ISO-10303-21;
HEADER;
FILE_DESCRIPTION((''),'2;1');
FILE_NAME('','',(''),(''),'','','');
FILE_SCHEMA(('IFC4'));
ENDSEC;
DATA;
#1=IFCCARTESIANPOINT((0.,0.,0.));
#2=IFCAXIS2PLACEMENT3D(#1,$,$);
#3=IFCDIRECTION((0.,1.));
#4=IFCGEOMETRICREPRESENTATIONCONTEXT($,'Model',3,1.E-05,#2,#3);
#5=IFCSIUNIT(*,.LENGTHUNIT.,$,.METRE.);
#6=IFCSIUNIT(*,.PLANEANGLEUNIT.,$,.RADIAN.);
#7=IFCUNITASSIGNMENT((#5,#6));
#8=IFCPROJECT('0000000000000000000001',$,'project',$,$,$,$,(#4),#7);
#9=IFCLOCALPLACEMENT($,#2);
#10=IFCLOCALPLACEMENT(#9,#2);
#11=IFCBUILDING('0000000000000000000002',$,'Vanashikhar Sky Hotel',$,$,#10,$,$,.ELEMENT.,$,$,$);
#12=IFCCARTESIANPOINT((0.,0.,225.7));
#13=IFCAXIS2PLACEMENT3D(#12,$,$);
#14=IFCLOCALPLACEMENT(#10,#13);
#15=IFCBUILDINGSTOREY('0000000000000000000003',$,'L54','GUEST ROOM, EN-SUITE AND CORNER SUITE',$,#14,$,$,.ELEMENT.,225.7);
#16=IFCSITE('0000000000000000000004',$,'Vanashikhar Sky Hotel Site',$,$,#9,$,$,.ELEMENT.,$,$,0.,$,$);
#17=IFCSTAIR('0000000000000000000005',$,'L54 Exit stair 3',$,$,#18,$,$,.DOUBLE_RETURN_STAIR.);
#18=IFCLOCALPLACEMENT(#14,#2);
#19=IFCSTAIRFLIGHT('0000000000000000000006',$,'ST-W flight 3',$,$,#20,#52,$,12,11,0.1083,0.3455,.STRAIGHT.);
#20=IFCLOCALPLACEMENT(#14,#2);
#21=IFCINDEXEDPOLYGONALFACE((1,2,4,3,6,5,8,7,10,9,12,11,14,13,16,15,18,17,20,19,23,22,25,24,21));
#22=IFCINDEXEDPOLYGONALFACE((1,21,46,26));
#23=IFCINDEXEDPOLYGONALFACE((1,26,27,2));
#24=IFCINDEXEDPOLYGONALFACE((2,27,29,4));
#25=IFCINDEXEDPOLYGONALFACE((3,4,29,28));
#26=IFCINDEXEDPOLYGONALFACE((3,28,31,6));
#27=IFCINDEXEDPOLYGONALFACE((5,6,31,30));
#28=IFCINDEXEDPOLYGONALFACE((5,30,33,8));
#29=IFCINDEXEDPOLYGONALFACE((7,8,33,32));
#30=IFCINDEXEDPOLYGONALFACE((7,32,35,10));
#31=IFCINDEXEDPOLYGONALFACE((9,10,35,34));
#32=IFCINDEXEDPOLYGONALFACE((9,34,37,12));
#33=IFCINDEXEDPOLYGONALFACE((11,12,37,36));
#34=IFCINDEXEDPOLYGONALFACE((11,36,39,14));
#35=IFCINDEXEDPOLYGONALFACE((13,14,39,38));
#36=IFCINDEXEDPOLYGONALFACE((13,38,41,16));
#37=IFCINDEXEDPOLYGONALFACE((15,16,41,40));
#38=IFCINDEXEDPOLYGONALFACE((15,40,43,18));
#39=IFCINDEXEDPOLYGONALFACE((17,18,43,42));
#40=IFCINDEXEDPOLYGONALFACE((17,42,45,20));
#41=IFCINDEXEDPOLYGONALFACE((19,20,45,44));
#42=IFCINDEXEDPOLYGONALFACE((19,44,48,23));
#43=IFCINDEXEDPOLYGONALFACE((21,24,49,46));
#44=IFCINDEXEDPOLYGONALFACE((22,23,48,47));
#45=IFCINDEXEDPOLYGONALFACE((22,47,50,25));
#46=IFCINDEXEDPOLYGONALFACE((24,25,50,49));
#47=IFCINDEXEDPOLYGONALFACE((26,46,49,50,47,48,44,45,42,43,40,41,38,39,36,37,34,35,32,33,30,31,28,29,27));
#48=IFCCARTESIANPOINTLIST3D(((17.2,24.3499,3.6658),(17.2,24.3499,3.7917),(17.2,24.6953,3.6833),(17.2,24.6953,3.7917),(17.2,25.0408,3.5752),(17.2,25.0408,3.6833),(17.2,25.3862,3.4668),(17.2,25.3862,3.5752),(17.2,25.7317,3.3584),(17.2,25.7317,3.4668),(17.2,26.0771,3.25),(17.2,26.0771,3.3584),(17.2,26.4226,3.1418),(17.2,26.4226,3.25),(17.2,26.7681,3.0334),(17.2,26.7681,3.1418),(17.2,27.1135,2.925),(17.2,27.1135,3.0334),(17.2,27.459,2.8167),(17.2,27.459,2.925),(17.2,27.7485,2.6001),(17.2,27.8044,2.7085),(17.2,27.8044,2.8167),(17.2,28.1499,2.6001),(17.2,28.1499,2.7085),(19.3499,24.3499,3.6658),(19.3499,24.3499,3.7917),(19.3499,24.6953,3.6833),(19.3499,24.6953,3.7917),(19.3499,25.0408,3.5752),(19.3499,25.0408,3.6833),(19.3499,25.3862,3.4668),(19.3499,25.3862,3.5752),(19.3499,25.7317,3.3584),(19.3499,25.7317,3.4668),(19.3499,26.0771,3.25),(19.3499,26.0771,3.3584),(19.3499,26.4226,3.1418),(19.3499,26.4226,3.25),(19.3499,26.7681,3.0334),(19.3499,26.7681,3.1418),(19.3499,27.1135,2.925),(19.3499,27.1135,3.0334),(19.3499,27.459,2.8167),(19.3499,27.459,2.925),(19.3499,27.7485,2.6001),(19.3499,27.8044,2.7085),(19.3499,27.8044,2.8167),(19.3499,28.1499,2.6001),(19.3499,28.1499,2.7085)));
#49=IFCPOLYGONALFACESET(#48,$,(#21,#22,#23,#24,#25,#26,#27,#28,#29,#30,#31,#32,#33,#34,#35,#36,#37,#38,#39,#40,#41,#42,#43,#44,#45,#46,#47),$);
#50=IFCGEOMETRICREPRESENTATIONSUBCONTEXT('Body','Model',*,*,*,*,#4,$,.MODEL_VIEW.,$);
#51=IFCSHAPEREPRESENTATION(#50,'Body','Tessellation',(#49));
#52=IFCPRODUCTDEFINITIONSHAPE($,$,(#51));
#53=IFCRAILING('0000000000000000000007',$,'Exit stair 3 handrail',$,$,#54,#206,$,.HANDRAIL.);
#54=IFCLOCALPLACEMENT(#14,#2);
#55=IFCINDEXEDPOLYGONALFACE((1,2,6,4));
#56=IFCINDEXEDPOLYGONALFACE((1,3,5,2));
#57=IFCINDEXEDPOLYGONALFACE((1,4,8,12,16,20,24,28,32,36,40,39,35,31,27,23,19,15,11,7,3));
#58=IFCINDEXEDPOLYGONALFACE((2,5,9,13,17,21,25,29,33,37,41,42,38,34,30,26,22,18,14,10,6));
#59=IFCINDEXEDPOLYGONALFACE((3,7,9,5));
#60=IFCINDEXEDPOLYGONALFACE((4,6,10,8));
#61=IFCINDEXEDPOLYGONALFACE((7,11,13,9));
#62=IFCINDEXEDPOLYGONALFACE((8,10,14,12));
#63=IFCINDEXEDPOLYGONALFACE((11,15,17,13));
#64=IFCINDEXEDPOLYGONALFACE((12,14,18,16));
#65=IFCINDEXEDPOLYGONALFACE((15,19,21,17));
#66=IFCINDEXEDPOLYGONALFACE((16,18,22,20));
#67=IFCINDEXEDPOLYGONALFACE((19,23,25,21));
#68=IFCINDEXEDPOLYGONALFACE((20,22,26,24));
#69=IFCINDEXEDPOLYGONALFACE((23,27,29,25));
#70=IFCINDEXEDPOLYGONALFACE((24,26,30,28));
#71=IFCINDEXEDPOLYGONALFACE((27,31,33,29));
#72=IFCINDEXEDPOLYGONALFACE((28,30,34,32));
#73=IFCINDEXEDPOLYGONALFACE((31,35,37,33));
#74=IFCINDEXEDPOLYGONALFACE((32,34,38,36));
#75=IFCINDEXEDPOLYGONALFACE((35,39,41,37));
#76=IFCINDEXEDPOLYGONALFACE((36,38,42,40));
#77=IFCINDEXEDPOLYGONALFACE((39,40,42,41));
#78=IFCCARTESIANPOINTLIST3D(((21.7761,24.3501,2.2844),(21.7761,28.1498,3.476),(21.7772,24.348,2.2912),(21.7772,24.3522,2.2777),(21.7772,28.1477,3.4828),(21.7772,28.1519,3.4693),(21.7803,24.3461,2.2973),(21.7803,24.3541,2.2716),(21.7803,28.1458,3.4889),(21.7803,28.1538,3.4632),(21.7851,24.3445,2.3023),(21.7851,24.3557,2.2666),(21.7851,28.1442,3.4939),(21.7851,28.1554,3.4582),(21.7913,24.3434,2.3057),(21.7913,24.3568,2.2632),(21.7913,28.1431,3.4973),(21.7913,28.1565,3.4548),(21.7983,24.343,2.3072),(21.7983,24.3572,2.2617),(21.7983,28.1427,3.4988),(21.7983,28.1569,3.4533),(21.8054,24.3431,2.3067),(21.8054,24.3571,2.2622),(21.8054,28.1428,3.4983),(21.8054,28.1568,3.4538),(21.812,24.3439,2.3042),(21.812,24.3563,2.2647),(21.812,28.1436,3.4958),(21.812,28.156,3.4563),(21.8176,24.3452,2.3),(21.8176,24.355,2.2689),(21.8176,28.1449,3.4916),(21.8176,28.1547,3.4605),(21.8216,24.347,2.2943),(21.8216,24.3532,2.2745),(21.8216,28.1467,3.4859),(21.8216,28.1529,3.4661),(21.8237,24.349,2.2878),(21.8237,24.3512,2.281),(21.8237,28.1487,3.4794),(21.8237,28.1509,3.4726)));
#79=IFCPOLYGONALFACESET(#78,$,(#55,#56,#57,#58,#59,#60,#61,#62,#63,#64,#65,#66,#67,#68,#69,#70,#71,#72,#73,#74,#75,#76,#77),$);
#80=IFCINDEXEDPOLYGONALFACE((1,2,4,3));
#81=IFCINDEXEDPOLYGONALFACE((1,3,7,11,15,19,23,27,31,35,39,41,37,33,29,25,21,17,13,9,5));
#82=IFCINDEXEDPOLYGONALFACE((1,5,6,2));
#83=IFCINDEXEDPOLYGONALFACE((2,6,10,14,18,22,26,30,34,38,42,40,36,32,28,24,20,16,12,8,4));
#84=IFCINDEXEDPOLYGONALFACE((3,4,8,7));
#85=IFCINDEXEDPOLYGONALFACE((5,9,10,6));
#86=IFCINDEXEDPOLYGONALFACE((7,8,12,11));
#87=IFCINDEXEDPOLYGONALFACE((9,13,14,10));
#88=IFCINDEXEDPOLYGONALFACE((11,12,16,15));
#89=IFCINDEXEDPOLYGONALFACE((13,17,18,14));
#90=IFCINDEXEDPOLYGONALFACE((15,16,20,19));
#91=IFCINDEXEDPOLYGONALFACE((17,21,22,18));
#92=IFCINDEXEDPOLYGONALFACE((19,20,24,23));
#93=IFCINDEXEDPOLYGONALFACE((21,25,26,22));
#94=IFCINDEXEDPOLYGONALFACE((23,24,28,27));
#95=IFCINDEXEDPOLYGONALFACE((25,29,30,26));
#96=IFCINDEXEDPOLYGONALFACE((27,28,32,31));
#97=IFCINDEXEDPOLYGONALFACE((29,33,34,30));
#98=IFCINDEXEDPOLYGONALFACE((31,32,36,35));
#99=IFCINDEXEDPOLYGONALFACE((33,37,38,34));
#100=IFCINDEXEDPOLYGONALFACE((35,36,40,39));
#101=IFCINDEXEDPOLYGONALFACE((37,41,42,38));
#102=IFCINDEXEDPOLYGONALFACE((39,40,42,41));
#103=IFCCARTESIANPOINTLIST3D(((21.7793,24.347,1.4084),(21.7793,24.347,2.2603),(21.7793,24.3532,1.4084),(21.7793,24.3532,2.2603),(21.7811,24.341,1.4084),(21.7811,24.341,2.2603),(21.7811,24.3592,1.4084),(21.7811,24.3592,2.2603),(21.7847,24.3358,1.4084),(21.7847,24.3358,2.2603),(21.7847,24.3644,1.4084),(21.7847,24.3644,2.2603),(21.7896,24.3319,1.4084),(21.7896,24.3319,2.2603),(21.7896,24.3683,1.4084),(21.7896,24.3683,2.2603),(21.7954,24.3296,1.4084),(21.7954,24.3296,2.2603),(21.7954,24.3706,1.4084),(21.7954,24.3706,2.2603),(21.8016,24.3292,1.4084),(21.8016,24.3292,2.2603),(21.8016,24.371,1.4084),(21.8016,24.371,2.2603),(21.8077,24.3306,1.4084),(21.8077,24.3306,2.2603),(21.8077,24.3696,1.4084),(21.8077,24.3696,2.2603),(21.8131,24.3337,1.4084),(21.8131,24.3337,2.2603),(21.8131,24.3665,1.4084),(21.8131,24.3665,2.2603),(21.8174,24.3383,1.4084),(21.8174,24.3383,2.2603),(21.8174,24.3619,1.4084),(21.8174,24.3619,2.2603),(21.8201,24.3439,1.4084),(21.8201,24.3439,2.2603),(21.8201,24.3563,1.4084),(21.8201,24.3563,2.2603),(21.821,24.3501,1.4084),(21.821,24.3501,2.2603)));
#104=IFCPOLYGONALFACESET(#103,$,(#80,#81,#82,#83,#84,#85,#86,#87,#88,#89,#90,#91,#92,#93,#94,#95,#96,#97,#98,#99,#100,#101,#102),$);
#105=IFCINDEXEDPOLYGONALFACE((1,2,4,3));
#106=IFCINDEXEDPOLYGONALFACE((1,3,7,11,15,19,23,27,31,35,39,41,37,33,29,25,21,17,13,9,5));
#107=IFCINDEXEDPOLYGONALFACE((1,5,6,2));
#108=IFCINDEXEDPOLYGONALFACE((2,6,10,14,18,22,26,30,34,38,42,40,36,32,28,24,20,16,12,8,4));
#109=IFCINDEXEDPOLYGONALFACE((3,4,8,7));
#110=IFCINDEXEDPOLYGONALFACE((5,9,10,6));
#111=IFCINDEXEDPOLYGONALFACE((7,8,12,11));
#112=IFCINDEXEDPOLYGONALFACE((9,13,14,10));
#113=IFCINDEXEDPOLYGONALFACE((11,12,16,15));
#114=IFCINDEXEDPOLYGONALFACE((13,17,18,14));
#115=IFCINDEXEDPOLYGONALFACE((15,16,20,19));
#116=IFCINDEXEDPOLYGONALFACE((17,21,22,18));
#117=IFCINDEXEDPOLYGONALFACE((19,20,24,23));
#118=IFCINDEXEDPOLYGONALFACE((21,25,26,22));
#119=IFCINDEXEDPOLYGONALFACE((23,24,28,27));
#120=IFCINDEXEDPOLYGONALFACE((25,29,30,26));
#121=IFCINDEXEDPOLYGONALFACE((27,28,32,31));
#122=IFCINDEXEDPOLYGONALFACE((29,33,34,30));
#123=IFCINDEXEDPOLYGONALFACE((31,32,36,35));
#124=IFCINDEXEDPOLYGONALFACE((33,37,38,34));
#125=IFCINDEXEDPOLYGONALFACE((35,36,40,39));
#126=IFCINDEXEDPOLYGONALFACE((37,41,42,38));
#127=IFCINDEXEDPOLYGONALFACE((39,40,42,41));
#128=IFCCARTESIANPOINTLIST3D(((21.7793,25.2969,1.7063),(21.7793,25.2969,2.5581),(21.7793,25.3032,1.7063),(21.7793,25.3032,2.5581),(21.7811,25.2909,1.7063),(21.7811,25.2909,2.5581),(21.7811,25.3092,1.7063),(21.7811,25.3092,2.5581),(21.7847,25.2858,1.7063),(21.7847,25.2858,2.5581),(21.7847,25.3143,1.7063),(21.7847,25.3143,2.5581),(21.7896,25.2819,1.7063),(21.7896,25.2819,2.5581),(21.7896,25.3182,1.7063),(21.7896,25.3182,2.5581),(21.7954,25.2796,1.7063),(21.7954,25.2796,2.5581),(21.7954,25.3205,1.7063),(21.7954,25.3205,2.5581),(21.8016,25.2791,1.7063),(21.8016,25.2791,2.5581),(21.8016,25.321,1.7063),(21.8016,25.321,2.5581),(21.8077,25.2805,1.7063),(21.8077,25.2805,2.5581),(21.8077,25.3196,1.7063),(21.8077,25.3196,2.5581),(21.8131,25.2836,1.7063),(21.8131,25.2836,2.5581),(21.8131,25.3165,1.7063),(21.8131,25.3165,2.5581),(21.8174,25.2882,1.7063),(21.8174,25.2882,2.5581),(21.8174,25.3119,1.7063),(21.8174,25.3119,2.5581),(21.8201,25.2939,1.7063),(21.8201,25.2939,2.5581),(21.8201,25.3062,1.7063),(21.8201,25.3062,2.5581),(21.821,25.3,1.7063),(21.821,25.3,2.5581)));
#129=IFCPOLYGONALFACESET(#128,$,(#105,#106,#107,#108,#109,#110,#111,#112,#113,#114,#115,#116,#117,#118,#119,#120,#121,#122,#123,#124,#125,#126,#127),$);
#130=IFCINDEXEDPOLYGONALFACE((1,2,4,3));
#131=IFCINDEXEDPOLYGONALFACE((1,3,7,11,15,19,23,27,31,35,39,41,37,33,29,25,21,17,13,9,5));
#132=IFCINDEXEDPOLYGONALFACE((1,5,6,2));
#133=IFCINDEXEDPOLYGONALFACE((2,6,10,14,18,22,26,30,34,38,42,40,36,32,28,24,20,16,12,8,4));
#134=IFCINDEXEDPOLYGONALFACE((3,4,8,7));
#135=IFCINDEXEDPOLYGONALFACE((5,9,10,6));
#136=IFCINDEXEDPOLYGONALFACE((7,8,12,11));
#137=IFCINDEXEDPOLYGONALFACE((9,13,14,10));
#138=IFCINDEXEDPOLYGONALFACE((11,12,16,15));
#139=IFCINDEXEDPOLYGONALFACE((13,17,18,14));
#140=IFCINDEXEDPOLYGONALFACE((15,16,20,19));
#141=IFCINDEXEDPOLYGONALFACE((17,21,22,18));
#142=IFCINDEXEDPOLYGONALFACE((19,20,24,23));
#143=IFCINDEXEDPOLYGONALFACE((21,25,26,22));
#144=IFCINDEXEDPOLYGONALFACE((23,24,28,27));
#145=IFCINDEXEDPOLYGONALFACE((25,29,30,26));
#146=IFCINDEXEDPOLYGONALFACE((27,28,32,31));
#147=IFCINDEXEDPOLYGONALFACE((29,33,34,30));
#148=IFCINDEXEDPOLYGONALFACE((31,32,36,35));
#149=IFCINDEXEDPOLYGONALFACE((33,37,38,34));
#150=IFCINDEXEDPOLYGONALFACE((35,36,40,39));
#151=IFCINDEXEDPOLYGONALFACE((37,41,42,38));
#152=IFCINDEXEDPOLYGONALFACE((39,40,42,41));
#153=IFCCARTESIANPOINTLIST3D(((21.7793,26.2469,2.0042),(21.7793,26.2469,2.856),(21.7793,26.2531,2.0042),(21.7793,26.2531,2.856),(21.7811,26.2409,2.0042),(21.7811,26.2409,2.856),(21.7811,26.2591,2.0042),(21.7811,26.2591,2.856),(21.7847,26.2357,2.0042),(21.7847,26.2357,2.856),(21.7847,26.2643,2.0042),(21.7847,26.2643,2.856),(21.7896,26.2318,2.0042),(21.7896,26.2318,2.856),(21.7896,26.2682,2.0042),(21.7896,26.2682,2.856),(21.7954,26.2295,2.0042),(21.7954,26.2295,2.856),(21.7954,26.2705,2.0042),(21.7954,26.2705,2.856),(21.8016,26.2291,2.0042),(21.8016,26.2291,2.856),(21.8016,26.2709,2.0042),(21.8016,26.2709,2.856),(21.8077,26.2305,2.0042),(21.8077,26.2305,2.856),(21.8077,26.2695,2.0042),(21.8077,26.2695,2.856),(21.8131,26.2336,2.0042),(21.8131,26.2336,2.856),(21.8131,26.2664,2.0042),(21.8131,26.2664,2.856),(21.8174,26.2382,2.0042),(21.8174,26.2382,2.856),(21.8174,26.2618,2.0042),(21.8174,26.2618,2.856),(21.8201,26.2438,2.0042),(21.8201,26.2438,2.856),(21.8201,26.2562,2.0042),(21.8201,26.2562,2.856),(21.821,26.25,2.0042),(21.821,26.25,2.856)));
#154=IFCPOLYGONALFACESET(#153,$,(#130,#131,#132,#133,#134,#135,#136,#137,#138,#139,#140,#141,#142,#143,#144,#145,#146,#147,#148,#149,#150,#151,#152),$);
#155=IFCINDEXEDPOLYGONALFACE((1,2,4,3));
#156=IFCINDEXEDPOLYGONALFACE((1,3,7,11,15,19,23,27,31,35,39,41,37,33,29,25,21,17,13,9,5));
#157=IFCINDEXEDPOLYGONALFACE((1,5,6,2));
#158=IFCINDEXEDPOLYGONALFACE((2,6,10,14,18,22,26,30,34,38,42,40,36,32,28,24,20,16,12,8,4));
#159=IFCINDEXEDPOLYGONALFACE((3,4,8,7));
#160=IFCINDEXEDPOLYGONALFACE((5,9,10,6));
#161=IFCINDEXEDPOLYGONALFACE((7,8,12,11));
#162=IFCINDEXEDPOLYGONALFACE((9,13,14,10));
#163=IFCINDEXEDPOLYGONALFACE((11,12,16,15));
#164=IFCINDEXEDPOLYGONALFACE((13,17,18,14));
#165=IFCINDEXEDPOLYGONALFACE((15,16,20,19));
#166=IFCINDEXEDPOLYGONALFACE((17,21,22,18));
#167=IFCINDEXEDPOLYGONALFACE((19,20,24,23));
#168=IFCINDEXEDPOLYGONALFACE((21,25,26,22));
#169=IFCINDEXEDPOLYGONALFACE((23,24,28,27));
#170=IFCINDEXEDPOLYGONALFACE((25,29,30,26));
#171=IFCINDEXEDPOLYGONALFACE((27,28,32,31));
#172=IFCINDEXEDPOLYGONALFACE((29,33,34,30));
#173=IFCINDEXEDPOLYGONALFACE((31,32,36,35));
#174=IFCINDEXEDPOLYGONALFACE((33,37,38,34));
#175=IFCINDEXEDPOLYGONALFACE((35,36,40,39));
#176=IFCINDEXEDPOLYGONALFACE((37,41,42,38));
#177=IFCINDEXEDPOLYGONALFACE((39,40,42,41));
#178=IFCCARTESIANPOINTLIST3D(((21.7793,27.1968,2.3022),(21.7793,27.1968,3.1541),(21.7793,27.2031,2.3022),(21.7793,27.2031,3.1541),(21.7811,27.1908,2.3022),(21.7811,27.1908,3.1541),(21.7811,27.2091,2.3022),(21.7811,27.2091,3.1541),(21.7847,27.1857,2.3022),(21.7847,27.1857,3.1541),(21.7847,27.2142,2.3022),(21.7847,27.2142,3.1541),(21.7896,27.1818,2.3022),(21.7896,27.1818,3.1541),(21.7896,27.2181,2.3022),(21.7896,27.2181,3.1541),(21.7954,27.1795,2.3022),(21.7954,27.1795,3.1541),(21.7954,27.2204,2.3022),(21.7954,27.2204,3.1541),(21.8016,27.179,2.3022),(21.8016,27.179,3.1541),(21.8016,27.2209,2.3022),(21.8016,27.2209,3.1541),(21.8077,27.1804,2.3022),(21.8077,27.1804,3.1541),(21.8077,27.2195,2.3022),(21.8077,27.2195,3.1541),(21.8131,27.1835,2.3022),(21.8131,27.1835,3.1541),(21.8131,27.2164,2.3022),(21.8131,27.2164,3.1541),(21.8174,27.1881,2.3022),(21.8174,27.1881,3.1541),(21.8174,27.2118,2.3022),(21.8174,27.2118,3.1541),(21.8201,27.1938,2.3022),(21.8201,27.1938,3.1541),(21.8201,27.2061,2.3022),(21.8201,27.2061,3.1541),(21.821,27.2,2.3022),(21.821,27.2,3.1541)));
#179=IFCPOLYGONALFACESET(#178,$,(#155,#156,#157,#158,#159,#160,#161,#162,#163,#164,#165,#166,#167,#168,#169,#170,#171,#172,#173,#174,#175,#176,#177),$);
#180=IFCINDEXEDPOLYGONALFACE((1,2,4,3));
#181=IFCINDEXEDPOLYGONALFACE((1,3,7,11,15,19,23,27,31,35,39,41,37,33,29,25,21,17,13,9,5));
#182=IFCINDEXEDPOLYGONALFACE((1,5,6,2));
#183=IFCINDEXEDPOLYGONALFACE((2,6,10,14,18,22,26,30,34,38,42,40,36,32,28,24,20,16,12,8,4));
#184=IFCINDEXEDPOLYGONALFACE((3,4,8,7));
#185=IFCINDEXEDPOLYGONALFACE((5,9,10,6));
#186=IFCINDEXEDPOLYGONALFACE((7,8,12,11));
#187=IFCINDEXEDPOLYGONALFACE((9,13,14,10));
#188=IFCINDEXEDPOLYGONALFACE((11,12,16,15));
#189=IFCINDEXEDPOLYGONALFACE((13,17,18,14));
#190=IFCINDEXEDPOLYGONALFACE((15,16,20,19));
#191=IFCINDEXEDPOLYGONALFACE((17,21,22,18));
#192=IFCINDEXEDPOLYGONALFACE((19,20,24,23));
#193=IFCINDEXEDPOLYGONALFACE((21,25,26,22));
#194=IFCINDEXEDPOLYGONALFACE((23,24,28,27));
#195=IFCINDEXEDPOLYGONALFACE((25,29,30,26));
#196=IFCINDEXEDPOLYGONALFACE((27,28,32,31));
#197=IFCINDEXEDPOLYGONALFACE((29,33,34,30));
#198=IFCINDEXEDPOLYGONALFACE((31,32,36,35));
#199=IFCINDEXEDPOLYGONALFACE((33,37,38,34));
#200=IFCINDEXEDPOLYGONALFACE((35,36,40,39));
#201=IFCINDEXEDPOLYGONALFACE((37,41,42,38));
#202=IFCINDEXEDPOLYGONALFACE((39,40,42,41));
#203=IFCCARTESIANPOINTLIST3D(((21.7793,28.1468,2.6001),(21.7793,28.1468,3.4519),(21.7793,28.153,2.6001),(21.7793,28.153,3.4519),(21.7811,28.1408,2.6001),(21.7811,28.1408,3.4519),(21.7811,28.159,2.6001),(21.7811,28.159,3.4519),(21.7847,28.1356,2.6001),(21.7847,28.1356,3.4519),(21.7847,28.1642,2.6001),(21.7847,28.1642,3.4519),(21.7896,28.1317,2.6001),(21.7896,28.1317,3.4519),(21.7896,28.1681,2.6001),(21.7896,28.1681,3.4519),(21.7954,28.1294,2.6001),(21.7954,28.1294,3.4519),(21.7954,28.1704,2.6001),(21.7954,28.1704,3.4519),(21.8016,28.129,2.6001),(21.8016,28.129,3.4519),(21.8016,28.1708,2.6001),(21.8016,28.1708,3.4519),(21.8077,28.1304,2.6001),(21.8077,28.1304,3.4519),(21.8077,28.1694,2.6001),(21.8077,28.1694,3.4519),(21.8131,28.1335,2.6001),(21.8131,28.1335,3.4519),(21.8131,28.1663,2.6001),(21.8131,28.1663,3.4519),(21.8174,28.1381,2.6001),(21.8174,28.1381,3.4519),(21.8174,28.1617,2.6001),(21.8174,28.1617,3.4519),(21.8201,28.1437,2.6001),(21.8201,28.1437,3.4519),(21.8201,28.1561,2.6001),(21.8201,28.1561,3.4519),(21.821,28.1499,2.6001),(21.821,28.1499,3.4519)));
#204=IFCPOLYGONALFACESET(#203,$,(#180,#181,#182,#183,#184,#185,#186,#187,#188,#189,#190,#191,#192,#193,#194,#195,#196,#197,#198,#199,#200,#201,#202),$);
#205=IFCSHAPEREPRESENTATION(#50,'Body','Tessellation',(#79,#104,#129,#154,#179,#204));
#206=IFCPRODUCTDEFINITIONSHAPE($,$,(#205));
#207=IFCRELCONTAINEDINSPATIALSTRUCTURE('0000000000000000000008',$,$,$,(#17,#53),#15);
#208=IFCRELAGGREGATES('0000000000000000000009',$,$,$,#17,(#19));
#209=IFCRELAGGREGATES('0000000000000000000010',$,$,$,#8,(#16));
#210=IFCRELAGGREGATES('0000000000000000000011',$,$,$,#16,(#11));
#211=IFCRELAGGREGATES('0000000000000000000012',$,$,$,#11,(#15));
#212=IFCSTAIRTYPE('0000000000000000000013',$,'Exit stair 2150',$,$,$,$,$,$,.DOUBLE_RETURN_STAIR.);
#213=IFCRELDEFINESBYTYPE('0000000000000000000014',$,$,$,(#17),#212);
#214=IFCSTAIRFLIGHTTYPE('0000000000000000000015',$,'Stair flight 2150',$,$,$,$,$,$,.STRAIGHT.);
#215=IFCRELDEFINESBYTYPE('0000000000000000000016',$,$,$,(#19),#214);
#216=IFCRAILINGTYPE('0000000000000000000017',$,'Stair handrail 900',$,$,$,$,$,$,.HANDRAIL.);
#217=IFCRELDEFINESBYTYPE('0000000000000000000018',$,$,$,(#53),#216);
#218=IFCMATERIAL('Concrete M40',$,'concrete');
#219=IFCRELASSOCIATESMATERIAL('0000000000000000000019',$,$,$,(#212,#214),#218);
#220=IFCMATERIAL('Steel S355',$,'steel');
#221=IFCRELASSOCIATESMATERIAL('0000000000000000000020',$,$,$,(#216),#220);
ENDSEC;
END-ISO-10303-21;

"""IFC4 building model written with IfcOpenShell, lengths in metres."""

from ifc_helpers import new_model, si_unit, direction, frame, origin, origin_2d, place, context, subcontext, project, spatial, polyline, circle, outline, extrude, source, transform, mapped, material, type_object, element, aggregate, save


model = new_model("IFC4")

# Units and contexts
model_context = context("Model", 3, precision=1e-05, world=origin(), true_north=direction((0.0, 1.0)))
body_context = subcontext(model_context, "Body", "Model", "MODEL_VIEW")
ifc_project = project(units=[si_unit("LENGTHUNIT", "METRE"), si_unit("PLANEANGLEUNIT", "RADIAN")], contexts=[model_context])

# Site, building, storey
site_placement = place(None, origin())
site = spatial("IfcSite", under=ifc_project, at=site_placement, Name="Vanashikhar Sky Hotel Site", CompositionType="ELEMENT", RefElevation=0.0)
building_placement = place(site_placement, origin())
building = spatial("IfcBuilding", under=site, at=building_placement, Name="Vanashikhar Sky Hotel", CompositionType="ELEMENT")
storey_placement = place(building_placement, frame((0.0, 0.0, 225.7)))
storey = spatial("IfcBuildingStorey", under=building, at=storey_placement, Name="L54", Description="GUEST ROOM, EN-SUITE AND CORNER SUITE", CompositionType="ELEMENT", Elevation=225.7)

# Stair, stair flight
ifc_material_1 = material(Name="Concrete M40", Category="concrete")
stair_type = type_object("IfcStairType", Name="Exit stair 2150", PredefinedType="DOUBLE_RETURN_STAIR", material=ifc_material_1)
stair_placement = place(storey_placement, origin())
stair = element("IfcStair", 1, at=stair_placement, inside=storey, type_object=stair_type, Name="L54 Exit stair 3", PredefinedType="DOUBLE_RETURN_STAIR")
stair_flight_type = type_object("IfcStairFlightType", Name="Stair flight 2150", PredefinedType="STRAIGHT", material=ifc_material_1)
shared_shape_1 = source(origin(), body_context, "Body", "SweptSolid", [
    extrude(outline(polyline([(0.0, 0.0), (0.0, 0.1084), (0.3455, 0.1084), (0.3455, 0.2166), (0.6909, 0.2166), (0.6909, 0.325), (1.0364, 0.325), (1.0364, 0.4333), (1.3818, 0.4333), (1.3818, 0.5417), (1.7273, 0.5417), (1.7273, 0.6499), (2.0728, 0.6499), (2.0728, 0.7583), (2.4182, 0.7583), (2.4182, 0.8667), (2.7637, 0.8667), (2.7637, 0.9751), (3.1091, 0.9751), (3.1091, 1.0833), (3.4546, 1.0833), (3.4546, 1.1917), (3.8, 1.1917), (3.8, 1.3), (3.8, 1.0657), (0.4014, 0.0), (0.0, 0.0)])), frame((0.0, 1.075, 0.0), z_axis=(0.0, -1.0, 0.0), x_axis=(1.0, 0.0, 0.0)), (0.0, 0.0, 1.0), 2.1499),
])
stair_flight_1_placement = place(storey_placement, frame((18.2749, 28.1499, 2.6001), z_axis=(0.0, 0.0, 1.0), x_axis=(0.0, -1.0, 0.0)))
stair_flight_1 = element("IfcStairFlight", 2, at=stair_flight_1_placement, type_object=stair_flight_type, Name="ST-W flight 3", NumberOfRisers=12, NumberOfTreads=11, PredefinedType="STRAIGHT", RiserHeight=0.1083, TreadLength=0.3455, context=body_context, shape_type="MappedRepresentation", body=[
    mapped(shared_shape_1, transform((0.0, 0.0, 0.0), scale=1.0)),
])
aggregate(stair, [stair_flight_1])

# Railing
ifc_material_2 = material(Name="Steel S355", Category="steel")
railing_type = type_object("IfcRailingType", Name="Stair handrail 900", PredefinedType="HANDRAIL", material=ifc_material_2)
shared_shape_2 = source(origin(), body_context, "Body", "SweptSolid", [
    extrude(circle(Radius=0.0239, at=origin_2d()), frame((0.0, 0.0, 0.876), z_axis=(0.0, 0.954178, 0.299238), x_axis=(-1.0, 0.0, 0.0)), (0.0, 0.0, 1.0), 3.9822),
    extrude(circle(Radius=0.021, at=origin_2d()), origin(), (0.0, 0.0, 1.0), 0.8518),
    extrude(circle(Radius=0.021, at=origin_2d()), frame((0.0, 0.95, 0.2979)), (0.0, 0.0, 1.0), 0.8518),
    extrude(circle(Radius=0.021, at=origin_2d()), frame((0.0, 1.8999, 0.5957)), (0.0, 0.0, 1.0), 0.8518),
    extrude(circle(Radius=0.021, at=origin_2d()), frame((0.0, 2.8499, 0.8938)), (0.0, 0.0, 1.0), 0.8518),
    extrude(circle(Radius=0.021, at=origin_2d()), frame((0.0, 3.7998, 1.1917)), (0.0, 0.0, 1.0), 0.8518),
])
railing_placement = place(storey_placement, frame((21.8, 24.3501, 1.4084)))
element("IfcRailing", 3, at=railing_placement, inside=storey, type_object=railing_type, Name="Exit stair 3 handrail", PredefinedType="HANDRAIL", context=body_context, shape_type="MappedRepresentation", body=[
    mapped(shared_shape_2, transform((0.0, 0.0, 0.0), scale=1.0)),
])

save(model, "model.ifc")
